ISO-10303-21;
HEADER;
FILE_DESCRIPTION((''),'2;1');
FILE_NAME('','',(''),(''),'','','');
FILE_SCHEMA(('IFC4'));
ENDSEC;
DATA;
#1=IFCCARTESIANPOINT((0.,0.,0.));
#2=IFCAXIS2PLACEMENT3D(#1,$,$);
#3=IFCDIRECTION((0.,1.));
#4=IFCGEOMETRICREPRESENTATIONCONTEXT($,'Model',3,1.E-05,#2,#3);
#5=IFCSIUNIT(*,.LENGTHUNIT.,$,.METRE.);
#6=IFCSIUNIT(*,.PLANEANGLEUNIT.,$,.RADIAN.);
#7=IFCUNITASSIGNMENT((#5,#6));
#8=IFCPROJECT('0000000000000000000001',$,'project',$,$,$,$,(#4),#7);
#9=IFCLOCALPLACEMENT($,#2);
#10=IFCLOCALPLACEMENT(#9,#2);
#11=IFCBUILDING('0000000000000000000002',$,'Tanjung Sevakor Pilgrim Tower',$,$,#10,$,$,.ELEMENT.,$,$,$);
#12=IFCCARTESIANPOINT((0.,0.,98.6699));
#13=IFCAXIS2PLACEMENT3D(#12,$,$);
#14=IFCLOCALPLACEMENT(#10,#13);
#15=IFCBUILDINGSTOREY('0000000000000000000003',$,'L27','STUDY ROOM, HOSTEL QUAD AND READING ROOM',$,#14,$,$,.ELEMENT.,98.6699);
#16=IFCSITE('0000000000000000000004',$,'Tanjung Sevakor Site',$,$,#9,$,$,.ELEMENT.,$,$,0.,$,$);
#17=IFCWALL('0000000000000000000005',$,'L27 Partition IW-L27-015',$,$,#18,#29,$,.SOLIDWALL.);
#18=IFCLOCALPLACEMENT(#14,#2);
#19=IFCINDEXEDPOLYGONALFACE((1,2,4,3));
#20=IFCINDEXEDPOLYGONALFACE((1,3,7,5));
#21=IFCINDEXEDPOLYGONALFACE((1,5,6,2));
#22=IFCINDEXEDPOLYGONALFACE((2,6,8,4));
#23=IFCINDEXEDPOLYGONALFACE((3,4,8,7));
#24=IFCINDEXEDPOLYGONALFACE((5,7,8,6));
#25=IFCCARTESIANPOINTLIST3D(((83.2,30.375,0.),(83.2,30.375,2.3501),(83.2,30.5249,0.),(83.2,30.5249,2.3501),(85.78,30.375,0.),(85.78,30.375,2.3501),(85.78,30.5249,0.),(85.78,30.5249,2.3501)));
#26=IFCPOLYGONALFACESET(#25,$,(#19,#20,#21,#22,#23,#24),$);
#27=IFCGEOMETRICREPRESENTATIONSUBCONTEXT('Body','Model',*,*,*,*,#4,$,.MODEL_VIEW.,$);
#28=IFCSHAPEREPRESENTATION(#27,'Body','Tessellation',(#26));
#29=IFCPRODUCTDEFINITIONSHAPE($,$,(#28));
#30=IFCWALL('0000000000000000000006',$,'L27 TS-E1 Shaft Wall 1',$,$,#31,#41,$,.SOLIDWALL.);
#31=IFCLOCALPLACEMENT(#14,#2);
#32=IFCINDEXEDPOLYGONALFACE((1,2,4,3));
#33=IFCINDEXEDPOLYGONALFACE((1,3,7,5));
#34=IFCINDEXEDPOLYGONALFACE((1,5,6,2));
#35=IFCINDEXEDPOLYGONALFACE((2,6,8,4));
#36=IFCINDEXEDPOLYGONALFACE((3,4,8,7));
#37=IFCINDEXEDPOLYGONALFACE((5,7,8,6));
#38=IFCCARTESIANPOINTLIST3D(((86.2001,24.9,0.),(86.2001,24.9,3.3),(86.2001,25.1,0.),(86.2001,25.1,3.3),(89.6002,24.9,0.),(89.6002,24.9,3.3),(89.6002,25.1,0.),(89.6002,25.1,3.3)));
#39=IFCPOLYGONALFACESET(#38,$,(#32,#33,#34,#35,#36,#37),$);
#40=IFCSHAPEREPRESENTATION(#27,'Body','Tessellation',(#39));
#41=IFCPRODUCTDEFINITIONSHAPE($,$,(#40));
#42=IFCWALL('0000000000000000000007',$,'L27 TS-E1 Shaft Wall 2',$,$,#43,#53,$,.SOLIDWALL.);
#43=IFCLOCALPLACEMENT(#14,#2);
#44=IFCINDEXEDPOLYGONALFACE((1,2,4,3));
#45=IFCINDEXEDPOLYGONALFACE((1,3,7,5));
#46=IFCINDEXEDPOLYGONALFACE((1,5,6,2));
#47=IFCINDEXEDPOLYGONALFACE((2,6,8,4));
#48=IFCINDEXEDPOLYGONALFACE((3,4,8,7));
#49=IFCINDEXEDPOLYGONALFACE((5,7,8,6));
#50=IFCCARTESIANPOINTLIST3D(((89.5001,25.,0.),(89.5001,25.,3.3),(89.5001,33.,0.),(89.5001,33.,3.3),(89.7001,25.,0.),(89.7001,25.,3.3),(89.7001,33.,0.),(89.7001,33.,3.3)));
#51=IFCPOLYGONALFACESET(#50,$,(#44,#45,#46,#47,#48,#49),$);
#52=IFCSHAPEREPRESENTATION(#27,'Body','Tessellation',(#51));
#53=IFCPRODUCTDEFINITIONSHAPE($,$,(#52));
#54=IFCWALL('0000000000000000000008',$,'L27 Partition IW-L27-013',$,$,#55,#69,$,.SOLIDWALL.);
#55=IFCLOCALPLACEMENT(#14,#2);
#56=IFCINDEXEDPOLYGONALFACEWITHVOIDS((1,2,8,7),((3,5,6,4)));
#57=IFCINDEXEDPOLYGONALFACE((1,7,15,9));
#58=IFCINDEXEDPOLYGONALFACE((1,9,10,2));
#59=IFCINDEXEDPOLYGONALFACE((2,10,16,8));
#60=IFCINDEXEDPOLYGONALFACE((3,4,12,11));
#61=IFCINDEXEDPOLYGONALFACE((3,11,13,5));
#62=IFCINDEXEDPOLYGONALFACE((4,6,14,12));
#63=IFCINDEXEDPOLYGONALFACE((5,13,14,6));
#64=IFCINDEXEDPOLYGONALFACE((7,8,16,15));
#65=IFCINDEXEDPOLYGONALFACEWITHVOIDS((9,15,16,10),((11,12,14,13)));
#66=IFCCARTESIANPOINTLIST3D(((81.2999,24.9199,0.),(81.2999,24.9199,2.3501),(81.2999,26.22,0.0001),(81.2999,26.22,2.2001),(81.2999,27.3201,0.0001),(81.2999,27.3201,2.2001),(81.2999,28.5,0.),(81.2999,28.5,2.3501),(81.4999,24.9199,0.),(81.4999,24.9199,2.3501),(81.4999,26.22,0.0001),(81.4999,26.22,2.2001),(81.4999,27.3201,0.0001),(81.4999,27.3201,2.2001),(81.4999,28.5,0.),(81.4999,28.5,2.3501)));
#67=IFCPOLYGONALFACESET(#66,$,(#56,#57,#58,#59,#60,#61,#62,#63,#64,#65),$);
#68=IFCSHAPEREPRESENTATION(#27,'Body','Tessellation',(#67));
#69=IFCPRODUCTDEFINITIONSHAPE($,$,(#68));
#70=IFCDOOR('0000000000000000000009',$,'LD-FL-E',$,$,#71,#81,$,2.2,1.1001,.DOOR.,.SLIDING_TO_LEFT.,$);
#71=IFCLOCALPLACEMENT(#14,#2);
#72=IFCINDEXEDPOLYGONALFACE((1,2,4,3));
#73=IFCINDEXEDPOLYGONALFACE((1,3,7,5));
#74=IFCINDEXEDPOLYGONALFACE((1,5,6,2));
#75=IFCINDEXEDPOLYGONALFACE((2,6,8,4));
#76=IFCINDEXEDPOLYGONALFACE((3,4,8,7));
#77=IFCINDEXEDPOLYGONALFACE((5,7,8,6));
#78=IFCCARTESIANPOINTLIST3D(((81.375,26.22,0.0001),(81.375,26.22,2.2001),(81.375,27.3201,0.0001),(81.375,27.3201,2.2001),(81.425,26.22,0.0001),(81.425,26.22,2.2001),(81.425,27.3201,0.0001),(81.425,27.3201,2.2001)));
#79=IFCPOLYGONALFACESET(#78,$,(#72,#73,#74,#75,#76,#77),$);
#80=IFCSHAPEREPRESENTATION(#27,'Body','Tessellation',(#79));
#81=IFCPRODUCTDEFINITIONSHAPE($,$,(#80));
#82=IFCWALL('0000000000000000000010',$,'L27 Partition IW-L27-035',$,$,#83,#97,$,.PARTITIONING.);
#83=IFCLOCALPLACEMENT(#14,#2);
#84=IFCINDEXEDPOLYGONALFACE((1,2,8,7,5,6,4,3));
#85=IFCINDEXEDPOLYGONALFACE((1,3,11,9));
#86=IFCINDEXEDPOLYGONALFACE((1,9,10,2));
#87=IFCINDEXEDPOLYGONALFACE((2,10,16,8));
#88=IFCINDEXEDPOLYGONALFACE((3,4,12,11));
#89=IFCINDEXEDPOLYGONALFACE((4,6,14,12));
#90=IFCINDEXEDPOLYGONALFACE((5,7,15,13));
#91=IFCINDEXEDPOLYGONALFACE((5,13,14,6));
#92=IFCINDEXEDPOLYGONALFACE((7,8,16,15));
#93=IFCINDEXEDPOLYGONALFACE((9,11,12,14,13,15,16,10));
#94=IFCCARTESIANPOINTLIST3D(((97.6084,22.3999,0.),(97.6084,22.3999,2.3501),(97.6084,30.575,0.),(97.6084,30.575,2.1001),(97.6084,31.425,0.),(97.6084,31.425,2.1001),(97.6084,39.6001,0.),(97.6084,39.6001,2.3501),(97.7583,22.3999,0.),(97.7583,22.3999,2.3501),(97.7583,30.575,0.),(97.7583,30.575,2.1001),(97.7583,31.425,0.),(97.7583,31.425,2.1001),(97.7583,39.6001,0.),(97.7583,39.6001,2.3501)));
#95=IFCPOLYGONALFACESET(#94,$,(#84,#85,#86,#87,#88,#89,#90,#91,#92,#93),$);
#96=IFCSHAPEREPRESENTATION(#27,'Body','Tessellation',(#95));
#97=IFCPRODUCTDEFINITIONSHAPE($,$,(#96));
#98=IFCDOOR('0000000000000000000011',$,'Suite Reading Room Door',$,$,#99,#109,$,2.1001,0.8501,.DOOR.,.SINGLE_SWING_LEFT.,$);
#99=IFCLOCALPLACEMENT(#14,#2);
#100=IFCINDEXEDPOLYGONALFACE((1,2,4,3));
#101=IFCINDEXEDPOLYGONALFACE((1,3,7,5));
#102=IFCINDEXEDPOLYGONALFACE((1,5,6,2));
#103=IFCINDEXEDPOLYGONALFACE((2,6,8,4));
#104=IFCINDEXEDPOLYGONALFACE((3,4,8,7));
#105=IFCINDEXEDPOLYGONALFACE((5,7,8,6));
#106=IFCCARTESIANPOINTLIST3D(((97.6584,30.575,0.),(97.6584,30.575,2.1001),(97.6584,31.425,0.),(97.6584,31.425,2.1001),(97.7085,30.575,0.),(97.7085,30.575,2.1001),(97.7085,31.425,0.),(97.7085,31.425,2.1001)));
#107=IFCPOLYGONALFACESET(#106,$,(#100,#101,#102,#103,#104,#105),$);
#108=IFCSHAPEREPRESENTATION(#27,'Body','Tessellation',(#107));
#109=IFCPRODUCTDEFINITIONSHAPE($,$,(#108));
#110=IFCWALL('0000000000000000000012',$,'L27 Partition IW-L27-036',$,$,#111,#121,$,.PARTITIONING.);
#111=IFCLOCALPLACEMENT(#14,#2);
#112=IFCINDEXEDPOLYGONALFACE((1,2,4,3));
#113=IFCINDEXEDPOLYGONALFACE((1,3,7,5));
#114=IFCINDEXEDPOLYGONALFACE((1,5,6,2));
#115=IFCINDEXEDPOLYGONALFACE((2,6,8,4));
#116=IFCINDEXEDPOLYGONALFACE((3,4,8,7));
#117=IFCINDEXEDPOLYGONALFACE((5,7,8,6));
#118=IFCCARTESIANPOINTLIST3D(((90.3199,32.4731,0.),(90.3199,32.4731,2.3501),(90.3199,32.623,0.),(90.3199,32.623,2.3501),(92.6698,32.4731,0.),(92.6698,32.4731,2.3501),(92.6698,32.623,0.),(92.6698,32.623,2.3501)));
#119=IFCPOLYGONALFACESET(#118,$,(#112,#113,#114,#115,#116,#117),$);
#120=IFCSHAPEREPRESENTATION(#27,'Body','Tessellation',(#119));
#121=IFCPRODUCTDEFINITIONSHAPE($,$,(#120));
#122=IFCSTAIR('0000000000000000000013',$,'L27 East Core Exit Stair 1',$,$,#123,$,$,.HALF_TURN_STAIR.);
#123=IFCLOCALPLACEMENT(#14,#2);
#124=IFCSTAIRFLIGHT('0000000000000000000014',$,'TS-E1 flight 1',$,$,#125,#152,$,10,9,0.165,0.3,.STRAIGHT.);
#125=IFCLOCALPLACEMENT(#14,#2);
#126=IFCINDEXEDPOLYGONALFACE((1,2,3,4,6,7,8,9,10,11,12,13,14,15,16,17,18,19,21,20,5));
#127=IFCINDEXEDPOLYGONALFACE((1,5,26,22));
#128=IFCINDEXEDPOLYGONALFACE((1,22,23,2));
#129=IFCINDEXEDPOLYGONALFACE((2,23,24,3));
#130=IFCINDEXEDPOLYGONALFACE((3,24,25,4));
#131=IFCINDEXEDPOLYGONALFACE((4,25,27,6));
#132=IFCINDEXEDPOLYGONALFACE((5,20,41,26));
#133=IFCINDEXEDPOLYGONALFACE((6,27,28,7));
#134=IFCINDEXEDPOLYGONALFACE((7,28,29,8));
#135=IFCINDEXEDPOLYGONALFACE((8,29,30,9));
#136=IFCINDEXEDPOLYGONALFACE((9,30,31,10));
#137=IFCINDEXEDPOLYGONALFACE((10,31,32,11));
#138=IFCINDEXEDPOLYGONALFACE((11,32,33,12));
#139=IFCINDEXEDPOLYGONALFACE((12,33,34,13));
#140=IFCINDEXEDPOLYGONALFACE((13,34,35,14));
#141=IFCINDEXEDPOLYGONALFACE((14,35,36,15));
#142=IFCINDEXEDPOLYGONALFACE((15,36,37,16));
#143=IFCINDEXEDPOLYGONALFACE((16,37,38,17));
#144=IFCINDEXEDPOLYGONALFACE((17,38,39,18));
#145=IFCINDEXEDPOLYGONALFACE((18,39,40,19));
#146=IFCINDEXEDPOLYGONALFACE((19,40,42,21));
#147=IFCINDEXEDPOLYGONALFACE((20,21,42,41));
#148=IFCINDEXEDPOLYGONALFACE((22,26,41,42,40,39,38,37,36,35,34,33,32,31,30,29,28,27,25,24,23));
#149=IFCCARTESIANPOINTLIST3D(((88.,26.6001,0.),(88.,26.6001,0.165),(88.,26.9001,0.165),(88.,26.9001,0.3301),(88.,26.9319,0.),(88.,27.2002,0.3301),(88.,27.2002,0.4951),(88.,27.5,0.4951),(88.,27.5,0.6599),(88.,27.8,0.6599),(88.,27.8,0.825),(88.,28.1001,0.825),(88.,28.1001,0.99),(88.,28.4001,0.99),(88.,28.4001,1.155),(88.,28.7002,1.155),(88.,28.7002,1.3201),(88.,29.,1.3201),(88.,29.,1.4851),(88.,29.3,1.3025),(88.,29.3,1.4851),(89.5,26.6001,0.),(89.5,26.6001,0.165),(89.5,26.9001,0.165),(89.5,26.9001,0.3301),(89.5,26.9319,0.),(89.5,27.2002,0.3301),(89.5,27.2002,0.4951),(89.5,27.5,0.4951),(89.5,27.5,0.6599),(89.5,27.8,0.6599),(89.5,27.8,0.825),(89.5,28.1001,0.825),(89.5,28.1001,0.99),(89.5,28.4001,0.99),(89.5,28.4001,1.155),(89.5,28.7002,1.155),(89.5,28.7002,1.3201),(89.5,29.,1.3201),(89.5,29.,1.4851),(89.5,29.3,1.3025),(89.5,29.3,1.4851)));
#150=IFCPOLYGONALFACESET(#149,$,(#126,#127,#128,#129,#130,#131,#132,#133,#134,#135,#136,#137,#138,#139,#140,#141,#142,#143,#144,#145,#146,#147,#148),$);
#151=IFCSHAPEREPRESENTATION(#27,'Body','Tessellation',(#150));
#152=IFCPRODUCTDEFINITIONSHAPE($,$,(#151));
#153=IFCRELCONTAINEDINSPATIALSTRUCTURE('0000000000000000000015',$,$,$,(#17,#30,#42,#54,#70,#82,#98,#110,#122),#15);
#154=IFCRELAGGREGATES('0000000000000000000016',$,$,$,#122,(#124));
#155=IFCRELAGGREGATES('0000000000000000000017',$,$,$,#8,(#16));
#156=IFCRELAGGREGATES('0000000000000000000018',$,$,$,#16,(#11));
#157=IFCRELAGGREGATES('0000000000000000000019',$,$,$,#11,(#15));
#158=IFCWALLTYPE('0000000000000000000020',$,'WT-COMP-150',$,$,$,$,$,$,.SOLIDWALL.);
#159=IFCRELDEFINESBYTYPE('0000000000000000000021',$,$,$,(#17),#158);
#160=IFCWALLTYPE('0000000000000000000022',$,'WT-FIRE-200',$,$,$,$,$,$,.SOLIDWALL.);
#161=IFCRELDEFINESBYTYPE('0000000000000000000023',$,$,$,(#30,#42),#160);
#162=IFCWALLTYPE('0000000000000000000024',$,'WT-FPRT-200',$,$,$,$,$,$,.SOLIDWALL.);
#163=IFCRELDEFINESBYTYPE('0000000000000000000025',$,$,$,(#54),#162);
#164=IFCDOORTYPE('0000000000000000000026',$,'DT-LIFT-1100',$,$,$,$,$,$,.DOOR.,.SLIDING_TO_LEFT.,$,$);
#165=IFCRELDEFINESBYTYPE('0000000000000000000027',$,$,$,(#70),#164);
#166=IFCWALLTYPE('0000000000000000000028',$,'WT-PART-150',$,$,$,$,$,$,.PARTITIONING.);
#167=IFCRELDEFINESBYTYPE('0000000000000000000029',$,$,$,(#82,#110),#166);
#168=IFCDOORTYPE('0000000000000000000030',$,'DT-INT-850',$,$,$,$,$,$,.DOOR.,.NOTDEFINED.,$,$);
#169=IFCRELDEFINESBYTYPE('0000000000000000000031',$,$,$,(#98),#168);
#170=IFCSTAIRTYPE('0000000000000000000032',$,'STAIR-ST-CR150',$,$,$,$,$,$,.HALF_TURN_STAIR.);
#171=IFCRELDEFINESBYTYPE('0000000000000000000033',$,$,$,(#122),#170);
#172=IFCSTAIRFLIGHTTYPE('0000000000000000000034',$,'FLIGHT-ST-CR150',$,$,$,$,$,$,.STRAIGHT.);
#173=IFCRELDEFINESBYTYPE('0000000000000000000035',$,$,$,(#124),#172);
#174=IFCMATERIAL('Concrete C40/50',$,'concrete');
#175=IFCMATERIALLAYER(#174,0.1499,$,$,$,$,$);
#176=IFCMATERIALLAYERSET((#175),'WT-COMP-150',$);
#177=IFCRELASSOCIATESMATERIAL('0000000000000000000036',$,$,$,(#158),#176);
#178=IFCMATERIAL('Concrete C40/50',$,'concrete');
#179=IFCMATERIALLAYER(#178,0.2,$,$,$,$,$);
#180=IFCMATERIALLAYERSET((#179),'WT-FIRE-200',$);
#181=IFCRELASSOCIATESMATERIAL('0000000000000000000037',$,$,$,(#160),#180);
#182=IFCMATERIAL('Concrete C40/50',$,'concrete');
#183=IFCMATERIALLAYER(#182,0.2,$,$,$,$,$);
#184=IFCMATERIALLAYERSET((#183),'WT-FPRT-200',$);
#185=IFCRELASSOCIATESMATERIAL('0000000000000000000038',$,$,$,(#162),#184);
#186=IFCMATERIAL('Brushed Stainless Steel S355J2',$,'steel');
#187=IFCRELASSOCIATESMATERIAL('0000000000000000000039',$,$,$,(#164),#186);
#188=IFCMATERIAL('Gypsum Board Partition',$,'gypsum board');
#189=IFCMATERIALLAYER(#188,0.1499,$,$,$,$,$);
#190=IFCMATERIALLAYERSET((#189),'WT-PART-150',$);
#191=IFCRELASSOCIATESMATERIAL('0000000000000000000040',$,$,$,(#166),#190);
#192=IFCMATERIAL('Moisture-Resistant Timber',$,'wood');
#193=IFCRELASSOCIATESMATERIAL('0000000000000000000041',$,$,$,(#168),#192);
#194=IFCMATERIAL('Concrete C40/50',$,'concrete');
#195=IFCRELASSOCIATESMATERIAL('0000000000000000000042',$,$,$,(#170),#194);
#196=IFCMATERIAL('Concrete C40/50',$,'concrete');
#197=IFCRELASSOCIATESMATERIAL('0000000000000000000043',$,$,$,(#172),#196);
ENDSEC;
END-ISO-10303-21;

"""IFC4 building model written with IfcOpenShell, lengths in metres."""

from ifc_helpers import new_model, si_unit, direction, frame, frame_2d, origin, place, context, subcontext, project, spatial, polyline, rectangle, outline, extrude, material, layer, layer_set, type_object, element, fill, aggregate, save


model = new_model("IFC4")

# Units and contexts
model_context = context("Model", 3, precision=1e-05, world=origin(), true_north=direction((0.0, 1.0)))
body_context = subcontext(model_context, "Body", "Model", "MODEL_VIEW")
ifc_project = project(units=[si_unit("LENGTHUNIT", "METRE"), si_unit("PLANEANGLEUNIT", "RADIAN")], contexts=[model_context])

# Site, building, storey
site_placement = place(None, origin())
site = spatial("IfcSite", under=ifc_project, at=site_placement, Name="Tanjung Sevakor Site", CompositionType="ELEMENT", RefElevation=0.0)
building_placement = place(site_placement, origin())
building = spatial("IfcBuilding", under=site, at=building_placement, Name="Tanjung Sevakor Pilgrim Tower", CompositionType="ELEMENT")
storey_placement = place(building_placement, frame((0.0, 0.0, 98.6699)))
storey = spatial("IfcBuildingStorey", under=building, at=storey_placement, Name="L27", Description="STUDY ROOM, HOSTEL QUAD AND READING ROOM", CompositionType="ELEMENT", Elevation=98.6699)

# Wall
ifc_material_1 = material(Name="Concrete C40/50", Category="concrete")
ifc_layer_1 = layer(ifc_material_1, 0.1499)
ifc_layer_set_1 = layer_set([ifc_layer_1], Name="WT-COMP-150")
wall_type_1 = type_object("IfcWallType", Name="WT-COMP-150", PredefinedType="SOLIDWALL", material=ifc_layer_set_1)
wall_1_placement = place(storey_placement, frame((83.2, 30.45, 0.0), z_axis=(0.0, 0.0, 1.0), x_axis=(1.0, 0.0, 0.0)))
element("IfcWall", 1, at=wall_1_placement, inside=storey, type_object=wall_type_1, Name="L27 Partition IW-L27-015", PredefinedType="SOLIDWALL", context=body_context, shape_type="SweptSolid", body=[
    extrude(rectangle(XDim=2.5801, YDim=0.1499, at=frame_2d((1.29, 0.0))), origin(), (0.0, 0.0, 1.0), 2.3501),
])

# Walls
ifc_material_2 = material(Name="Concrete C40/50", Category="concrete")
ifc_layer_2 = layer(ifc_material_2, 0.2)
ifc_layer_set_2 = layer_set([ifc_layer_2], Name="WT-FIRE-200")
wall_type_2 = type_object("IfcWallType", Name="WT-FIRE-200", PredefinedType="SOLIDWALL", material=ifc_layer_set_2)
wall_2_placement = place(storey_placement, frame((86.2, 25.0, 0.0), z_axis=(0.0, 0.0, 1.0), x_axis=(1.0, 0.0, 0.0)))
element("IfcWall", 2, at=wall_2_placement, inside=storey, type_object=wall_type_2, Name="L27 TS-E1 Shaft Wall 1", PredefinedType="SOLIDWALL", context=body_context, shape_type="SweptSolid", body=[
    extrude(rectangle(XDim=3.4001, YDim=0.2, at=frame_2d((1.7002, 0.0))), origin(), (0.0, 0.0, 1.0), 3.3),
])
wall_3_placement = place(storey_placement, frame((89.6001, 25.0, 0.0), z_axis=(0.0, 0.0, 1.0), x_axis=(0.0, 1.0, 0.0)))
element("IfcWall", 3, at=wall_3_placement, inside=storey, type_object=wall_type_2, Name="L27 TS-E1 Shaft Wall 2", PredefinedType="SOLIDWALL", context=body_context, shape_type="SweptSolid", body=[
    extrude(rectangle(XDim=8.0, YDim=0.2, at=frame_2d((4.0, 0.0))), origin(), (0.0, 0.0, 1.0), 3.3),
])

# Walls, openings, doors
ifc_material_3 = material(Name="Concrete C40/50", Category="concrete")
ifc_layer_3 = layer(ifc_material_3, 0.2)
ifc_layer_set_3 = layer_set([ifc_layer_3], Name="WT-FPRT-200")
wall_type_3 = type_object("IfcWallType", Name="WT-FPRT-200", PredefinedType="SOLIDWALL", material=ifc_layer_set_3)
wall_4_placement = place(storey_placement, frame((81.3999, 24.9199, 0.0), z_axis=(0.0, 0.0, 1.0), x_axis=(0.0, 1.0, 0.0)))
wall_4 = element("IfcWall", 4, at=wall_4_placement, inside=storey, type_object=wall_type_3, Name="L27 Partition IW-L27-013", PredefinedType="SOLIDWALL", context=body_context, shape_type="SweptSolid", body=[
    extrude(rectangle(XDim=3.5801, YDim=0.2, at=frame_2d((1.79, 0.0))), origin(), (0.0, 0.0, 1.0), 2.3501),
])
opening_1_placement = place(wall_4_placement, frame((1.3, 0.0, 0.0)))
opening_1 = element("IfcOpeningElement", 5, at=opening_1_placement, cuts=wall_4, PredefinedType="OPENING", context=body_context, shape_type="SweptSolid", body=[
    extrude(rectangle(XDim=1.1001, YDim=2.2, at=frame_2d((0.55, 1.1001))), frame((0.0, 0.1099, 0.0), z_axis=(0.0, -1.0, 0.0), x_axis=(1.0, 0.0, 0.0)), (0.0, 0.0, 1.0), 0.22),
])
ifc_material_4 = material(Name="Brushed Stainless Steel S355J2", Category="steel")
door_type_1 = type_object("IfcDoorType", Name="DT-LIFT-1100", OperationType="SLIDING_TO_LEFT", PredefinedType="DOOR", material=ifc_material_4)
door_1_placement = place(opening_1_placement, origin())
door_1 = element("IfcDoor", 6, at=door_1_placement, inside=storey, type_object=door_type_1, Name="LD-FL-E", OperationType="SLIDING_TO_LEFT", OverallHeight=2.2, OverallWidth=1.1001, PredefinedType="DOOR", context=body_context, shape_type="SweptSolid", body=[
    extrude(rectangle(XDim=1.1001, YDim=2.2, at=frame_2d((0.55, 1.1001))), frame((0.0, 0.0249, 0.0), z_axis=(0.0, -1.0, 0.0), x_axis=(1.0, 0.0, 0.0)), (0.0, 0.0, 1.0), 0.05),
])
fill(opening_1, door_1)
ifc_material_5 = material(Name="Gypsum Board Partition", Category="gypsum board")
ifc_layer_4 = layer(ifc_material_5, 0.1499)
ifc_layer_set_4 = layer_set([ifc_layer_4], Name="WT-PART-150")
wall_type_4 = type_object("IfcWallType", Name="WT-PART-150", PredefinedType="PARTITIONING", material=ifc_layer_set_4)
wall_5_placement = place(storey_placement, frame((97.6833, 22.3999, 0.0), z_axis=(0.0, 0.0, 1.0), x_axis=(0.0, 1.0, 0.0)))
wall_5 = element("IfcWall", 7, at=wall_5_placement, inside=storey, type_object=wall_type_4, Name="L27 Partition IW-L27-035", PredefinedType="PARTITIONING", context=body_context, shape_type="SweptSolid", body=[
    extrude(rectangle(XDim=17.2002, YDim=0.1499, at=frame_2d((8.6001, 0.0))), origin(), (0.0, 0.0, 1.0), 2.3501),
])
opening_2_placement = place(wall_5_placement, frame((8.175, 0.0, 0.0)))
opening_2 = element("IfcOpeningElement", 8, at=opening_2_placement, cuts=wall_5, PredefinedType="OPENING", context=body_context, shape_type="SweptSolid", body=[
    extrude(rectangle(XDim=0.8501, YDim=2.1001, at=frame_2d((0.425, 1.05))), frame((0.0, 0.085, 0.0), z_axis=(0.0, -1.0, 0.0), x_axis=(1.0, 0.0, 0.0)), (0.0, 0.0, 1.0), 0.1699),
])
ifc_material_6 = material(Name="Moisture-Resistant Timber", Category="wood")
door_type_2 = type_object("IfcDoorType", Name="DT-INT-850", OperationType="NOTDEFINED", PredefinedType="DOOR", material=ifc_material_6)
door_2_placement = place(opening_2_placement, origin())
door_2 = element("IfcDoor", 9, at=door_2_placement, inside=storey, type_object=door_type_2, Name="Suite Reading Room Door", OperationType="SINGLE_SWING_LEFT", OverallHeight=2.1001, OverallWidth=0.8501, PredefinedType="DOOR", context=body_context, shape_type="SweptSolid", body=[
    extrude(rectangle(XDim=0.8501, YDim=2.1001, at=frame_2d((0.425, 1.05))), frame((0.0, 0.0249, 0.0), z_axis=(0.0, -1.0, 0.0), x_axis=(1.0, 0.0, 0.0)), (0.0, 0.0, 1.0), 0.05),
])
fill(opening_2, door_2)

# Wall
wall_6_placement = place(storey_placement, frame((90.3201, 32.5481, 0.0), z_axis=(0.0, 0.0, 1.0), x_axis=(1.0, 0.0, 0.0)))
element("IfcWall", 10, at=wall_6_placement, inside=storey, type_object=wall_type_4, Name="L27 Partition IW-L27-036", PredefinedType="PARTITIONING", context=body_context, shape_type="SweptSolid", body=[
    extrude(rectangle(XDim=2.3499, YDim=0.1499, at=frame_2d((1.1748, 0.0))), origin(), (0.0, 0.0, 1.0), 2.3501),
])

# Stair, stair flight
ifc_material_7 = material(Name="Concrete C40/50", Category="concrete")
stair_type = type_object("IfcStairType", Name="STAIR-ST-CR150", PredefinedType="HALF_TURN_STAIR", material=ifc_material_7)
stair_placement = place(storey_placement, origin())
stair = element("IfcStair", 11, at=stair_placement, inside=storey, type_object=stair_type, Name="L27 East Core Exit Stair 1", PredefinedType="HALF_TURN_STAIR")
ifc_material_8 = material(Name="Concrete C40/50", Category="concrete")
stair_flight_type = type_object("IfcStairFlightType", Name="FLIGHT-ST-CR150", PredefinedType="STRAIGHT", material=ifc_material_8)
stair_flight_1_placement = place(storey_placement, frame((88.75, 26.6001, 0.0), z_axis=(0.0, 0.0, 1.0), x_axis=(0.0, 1.0, 0.0)))
stair_flight_1 = element("IfcStairFlight", 12, at=stair_flight_1_placement, type_object=stair_flight_type, Name="TS-E1 flight 1", NumberOfRisers=10, NumberOfTreads=9, PredefinedType="STRAIGHT", RiserHeight=0.165, TreadLength=0.3, context=body_context, shape_type="SweptSolid", body=[
    extrude(outline(polyline([(0.0, 0.0), (0.0, 0.165), (0.3, 0.165), (0.3, 0.3301), (0.6001, 0.3301), (0.6001, 0.4951), (0.8999, 0.4951), (0.8999, 0.6599), (1.2, 0.6599), (1.2, 0.825), (1.5, 0.825), (1.5, 0.99), (1.8, 0.99), (1.8, 1.155), (2.1001, 1.155), (2.1001, 1.3201), (2.3999, 1.3201), (2.3999, 1.4851), (2.7, 1.4851), (2.7, 1.6499), (2.7, 1.3025), (0.3318, 0.0), (0.0, 0.0)])), frame((0.0, 0.75, 0.0), z_axis=(0.0, -1.0, 0.0), x_axis=(1.0, 0.0, 0.0)), (0.0, 0.0, 1.0), 1.5),
])
aggregate(stair, [stair_flight_1])

save(model, "model.ifc")
